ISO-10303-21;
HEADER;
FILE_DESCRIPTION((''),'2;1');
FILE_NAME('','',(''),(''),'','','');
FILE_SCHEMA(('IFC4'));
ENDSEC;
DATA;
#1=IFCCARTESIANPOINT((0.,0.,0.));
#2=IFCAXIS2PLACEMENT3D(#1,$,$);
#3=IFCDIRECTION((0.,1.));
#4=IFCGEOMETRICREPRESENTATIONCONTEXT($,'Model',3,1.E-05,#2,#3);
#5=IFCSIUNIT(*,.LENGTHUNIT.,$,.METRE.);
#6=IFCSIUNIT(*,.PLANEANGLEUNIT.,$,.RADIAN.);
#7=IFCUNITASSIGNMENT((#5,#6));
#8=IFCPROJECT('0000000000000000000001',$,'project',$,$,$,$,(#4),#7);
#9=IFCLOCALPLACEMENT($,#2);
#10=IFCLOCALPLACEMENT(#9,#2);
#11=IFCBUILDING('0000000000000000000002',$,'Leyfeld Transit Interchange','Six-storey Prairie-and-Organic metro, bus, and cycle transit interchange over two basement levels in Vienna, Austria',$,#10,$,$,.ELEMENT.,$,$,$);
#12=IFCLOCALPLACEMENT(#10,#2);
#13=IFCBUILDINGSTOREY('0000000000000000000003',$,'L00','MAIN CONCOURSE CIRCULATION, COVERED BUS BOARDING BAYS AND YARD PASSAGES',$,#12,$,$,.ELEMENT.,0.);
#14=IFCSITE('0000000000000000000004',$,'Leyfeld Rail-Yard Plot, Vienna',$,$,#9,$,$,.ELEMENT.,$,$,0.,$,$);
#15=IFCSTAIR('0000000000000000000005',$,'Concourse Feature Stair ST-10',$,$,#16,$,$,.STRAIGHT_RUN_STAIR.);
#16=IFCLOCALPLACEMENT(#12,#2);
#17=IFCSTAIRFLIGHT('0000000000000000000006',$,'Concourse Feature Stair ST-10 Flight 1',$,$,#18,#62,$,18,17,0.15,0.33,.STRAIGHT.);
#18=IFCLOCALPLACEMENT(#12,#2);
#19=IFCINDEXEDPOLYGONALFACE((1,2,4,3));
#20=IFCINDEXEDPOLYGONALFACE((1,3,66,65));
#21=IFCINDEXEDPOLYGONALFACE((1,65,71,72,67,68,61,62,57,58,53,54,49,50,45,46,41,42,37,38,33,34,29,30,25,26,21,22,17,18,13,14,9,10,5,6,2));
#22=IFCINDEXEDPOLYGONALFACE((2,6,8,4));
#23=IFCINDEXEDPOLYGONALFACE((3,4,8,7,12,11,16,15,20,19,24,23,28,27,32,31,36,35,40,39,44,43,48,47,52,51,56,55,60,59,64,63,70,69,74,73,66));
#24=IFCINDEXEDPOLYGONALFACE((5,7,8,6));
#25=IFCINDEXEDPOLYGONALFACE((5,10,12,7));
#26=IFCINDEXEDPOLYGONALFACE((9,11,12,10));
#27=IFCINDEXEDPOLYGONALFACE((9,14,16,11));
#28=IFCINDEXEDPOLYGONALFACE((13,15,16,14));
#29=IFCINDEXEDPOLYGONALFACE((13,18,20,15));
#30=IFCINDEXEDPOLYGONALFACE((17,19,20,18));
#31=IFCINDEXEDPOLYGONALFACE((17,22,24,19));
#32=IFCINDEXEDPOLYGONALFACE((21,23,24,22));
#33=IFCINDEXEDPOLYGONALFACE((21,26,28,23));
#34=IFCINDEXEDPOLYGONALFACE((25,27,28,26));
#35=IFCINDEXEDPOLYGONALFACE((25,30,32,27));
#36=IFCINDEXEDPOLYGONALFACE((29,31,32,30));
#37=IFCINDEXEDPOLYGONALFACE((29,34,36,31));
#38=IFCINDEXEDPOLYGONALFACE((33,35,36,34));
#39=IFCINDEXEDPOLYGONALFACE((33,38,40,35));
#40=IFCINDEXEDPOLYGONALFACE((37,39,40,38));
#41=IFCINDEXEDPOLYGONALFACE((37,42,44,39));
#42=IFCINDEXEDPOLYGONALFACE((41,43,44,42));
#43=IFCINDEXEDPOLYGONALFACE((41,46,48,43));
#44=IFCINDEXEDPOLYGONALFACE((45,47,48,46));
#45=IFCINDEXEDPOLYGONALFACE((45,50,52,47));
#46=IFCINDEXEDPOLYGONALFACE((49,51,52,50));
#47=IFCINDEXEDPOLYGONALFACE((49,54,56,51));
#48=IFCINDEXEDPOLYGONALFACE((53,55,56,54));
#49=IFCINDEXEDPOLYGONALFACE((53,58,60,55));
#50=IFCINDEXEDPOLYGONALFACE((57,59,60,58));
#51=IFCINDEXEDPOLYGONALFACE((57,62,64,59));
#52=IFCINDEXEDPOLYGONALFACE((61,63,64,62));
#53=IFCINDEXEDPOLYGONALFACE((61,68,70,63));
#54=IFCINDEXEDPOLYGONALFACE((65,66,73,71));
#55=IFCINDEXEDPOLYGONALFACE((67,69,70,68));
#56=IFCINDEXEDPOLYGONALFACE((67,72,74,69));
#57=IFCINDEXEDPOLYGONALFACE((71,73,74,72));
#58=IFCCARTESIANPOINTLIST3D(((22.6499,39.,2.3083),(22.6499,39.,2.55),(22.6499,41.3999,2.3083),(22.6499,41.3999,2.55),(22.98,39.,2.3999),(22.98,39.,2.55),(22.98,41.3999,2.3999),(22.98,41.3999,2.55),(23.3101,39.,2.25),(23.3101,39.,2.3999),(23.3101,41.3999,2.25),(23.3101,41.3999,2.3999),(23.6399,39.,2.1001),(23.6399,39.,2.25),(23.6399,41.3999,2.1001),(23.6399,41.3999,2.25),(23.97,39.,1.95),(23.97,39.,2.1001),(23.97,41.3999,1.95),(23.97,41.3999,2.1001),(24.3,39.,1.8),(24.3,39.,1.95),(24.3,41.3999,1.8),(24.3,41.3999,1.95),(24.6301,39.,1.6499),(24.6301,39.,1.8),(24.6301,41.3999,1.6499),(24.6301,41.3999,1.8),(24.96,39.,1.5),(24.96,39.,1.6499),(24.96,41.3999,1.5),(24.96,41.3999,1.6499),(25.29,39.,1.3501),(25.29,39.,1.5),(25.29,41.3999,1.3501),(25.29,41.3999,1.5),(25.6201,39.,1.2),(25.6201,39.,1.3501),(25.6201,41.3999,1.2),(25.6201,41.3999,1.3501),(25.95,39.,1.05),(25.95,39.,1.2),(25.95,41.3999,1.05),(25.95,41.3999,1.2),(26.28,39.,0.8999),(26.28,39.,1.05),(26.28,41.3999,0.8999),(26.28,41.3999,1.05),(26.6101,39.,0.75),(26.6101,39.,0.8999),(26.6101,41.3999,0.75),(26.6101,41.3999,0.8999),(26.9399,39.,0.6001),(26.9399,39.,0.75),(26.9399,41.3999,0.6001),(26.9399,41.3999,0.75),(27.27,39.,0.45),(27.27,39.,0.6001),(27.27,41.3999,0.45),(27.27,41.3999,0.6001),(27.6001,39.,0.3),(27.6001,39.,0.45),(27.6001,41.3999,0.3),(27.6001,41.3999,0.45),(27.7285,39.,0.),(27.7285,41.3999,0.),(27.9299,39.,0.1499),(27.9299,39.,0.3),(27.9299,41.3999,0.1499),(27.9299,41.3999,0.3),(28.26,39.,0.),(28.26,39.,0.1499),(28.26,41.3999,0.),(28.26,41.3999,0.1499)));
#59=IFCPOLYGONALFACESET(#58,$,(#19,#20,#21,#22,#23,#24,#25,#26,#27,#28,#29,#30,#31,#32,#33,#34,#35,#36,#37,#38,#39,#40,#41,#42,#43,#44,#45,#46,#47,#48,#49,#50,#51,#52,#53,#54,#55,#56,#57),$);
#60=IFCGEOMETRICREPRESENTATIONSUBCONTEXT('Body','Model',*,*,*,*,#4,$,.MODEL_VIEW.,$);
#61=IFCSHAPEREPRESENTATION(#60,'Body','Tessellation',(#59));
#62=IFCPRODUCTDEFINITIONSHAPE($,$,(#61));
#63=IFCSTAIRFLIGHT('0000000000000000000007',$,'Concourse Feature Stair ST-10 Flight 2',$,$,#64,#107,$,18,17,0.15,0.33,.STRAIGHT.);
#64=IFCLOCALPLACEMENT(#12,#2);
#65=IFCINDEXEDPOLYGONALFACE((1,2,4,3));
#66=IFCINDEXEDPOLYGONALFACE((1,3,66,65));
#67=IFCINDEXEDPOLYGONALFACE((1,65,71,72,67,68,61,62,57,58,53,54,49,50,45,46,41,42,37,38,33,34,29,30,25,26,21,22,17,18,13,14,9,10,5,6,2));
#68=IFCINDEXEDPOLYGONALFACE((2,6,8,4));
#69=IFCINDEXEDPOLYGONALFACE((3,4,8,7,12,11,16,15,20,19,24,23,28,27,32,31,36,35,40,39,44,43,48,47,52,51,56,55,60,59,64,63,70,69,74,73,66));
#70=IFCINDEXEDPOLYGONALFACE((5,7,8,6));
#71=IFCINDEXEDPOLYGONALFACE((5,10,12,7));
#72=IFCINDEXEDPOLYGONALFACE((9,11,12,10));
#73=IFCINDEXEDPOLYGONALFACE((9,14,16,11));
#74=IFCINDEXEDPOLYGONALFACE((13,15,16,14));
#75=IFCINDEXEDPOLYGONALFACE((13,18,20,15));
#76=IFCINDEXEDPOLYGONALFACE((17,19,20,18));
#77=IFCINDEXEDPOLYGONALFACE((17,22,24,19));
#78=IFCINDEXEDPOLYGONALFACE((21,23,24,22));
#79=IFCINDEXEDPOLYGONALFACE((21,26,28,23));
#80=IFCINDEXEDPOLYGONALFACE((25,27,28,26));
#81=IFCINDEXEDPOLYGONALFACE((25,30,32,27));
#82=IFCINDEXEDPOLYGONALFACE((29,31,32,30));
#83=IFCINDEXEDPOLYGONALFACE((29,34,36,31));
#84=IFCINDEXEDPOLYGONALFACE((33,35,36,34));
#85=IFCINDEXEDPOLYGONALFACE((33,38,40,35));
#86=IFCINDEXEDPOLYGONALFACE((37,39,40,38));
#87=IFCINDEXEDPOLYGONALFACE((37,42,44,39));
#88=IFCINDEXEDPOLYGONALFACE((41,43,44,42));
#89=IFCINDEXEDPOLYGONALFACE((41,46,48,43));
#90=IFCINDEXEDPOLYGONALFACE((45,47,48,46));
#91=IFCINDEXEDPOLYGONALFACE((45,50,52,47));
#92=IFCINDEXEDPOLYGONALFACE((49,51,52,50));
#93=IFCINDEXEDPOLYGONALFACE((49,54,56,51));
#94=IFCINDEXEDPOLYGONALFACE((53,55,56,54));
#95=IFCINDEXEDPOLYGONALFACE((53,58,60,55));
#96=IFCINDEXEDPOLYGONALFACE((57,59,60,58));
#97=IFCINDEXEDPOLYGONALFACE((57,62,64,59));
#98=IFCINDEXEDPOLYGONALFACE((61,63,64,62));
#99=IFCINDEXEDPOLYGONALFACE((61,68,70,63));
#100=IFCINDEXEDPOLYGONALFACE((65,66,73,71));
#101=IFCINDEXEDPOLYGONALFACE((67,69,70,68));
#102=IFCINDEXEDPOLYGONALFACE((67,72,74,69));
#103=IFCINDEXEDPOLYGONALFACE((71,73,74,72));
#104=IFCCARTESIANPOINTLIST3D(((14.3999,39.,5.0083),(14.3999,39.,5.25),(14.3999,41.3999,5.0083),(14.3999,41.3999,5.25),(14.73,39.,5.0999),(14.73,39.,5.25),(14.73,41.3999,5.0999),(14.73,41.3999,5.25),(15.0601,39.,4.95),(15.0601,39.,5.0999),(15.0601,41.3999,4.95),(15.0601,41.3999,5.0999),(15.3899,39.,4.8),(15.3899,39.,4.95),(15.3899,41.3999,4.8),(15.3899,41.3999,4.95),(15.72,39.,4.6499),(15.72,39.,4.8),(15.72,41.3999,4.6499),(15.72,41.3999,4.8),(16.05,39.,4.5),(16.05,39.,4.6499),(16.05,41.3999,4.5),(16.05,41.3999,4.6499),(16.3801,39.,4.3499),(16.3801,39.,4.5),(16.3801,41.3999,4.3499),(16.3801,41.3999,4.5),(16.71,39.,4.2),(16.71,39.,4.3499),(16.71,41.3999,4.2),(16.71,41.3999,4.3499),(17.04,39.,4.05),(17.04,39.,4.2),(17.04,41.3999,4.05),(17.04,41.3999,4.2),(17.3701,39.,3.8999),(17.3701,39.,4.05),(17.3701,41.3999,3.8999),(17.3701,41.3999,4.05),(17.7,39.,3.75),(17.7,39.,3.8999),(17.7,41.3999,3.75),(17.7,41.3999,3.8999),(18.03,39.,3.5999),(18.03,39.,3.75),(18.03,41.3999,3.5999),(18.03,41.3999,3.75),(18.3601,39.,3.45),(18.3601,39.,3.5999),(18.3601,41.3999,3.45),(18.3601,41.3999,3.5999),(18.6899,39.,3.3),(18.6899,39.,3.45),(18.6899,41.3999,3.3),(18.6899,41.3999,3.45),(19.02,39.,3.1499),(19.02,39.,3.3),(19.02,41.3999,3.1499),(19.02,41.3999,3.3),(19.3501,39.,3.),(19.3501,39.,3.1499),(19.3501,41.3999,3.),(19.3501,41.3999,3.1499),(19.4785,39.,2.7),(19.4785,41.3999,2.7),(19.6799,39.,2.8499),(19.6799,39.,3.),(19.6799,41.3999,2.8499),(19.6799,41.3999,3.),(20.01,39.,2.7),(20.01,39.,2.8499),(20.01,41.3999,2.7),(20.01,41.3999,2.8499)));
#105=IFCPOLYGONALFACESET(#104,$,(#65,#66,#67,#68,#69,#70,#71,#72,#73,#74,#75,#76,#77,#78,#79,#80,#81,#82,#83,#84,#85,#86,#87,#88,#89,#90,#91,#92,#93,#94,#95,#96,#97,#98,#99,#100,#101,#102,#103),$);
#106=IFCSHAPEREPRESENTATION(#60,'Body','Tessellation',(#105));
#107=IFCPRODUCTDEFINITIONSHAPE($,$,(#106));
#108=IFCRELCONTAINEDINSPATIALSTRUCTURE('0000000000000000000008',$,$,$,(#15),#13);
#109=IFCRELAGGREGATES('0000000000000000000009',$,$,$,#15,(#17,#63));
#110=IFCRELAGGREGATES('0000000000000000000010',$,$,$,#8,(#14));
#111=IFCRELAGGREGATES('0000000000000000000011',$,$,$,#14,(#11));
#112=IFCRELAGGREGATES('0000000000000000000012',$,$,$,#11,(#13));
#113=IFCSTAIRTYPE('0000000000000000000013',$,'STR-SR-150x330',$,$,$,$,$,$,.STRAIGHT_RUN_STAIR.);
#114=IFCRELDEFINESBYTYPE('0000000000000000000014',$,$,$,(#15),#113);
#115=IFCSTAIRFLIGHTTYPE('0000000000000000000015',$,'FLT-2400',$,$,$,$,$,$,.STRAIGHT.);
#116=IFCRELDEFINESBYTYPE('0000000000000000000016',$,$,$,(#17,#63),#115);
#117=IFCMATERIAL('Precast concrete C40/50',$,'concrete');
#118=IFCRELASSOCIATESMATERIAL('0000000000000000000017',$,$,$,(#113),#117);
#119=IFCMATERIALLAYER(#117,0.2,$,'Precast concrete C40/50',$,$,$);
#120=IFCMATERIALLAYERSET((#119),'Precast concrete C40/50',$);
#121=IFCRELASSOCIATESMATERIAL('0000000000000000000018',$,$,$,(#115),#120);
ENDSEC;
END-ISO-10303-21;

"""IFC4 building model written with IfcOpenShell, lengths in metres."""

from ifc_helpers import new_model, si_unit, direction, frame, origin, place, context, subcontext, project, spatial, polyline, outline, extrude, material, layer, layer_set, type_object, element, aggregate, save


model = new_model("IFC4")

# Units and contexts
model_context = context("Model", 3, precision=1e-05, world=origin(), true_north=direction((0.0, 1.0)))
body_context = subcontext(model_context, "Body", "Model", "MODEL_VIEW")
ifc_project = project(units=[si_unit("LENGTHUNIT", "METRE"), si_unit("PLANEANGLEUNIT", "RADIAN")], contexts=[model_context])

# Site, building, storey
site_placement = place(None, origin())
site = spatial("IfcSite", under=ifc_project, at=site_placement, Name="Leyfeld Rail-Yard Plot, Vienna", CompositionType="ELEMENT", RefElevation=0.0)
building_placement = place(site_placement, origin())
building = spatial("IfcBuilding", under=site, at=building_placement, Name="Leyfeld Transit Interchange", Description="Six-storey Prairie-and-Organic metro, bus, and cycle transit interchange over two basement levels in Vienna, Austria", CompositionType="ELEMENT")
storey_placement = place(building_placement, origin())
storey = spatial("IfcBuildingStorey", under=building, at=storey_placement, Name="L00", Description="MAIN CONCOURSE CIRCULATION, COVERED BUS BOARDING BAYS AND YARD PASSAGES", CompositionType="ELEMENT", Elevation=0.0)

# Stair, stair flights
ifc_material_1 = material(Name="Precast concrete C40/50", Category="concrete")
stair_type = type_object("IfcStairType", Name="STR-SR-150x330", PredefinedType="STRAIGHT_RUN_STAIR", material=ifc_material_1)
stair_placement = place(storey_placement, origin())
stair = element("IfcStair", 1, at=stair_placement, inside=storey, type_object=stair_type, Name="Concourse Feature Stair ST-10", PredefinedType="STRAIGHT_RUN_STAIR")
ifc_layer_1 = layer(ifc_material_1, 0.2, Name="Precast concrete C40/50")
ifc_layer_set_1 = layer_set([ifc_layer_1], Name="Precast concrete C40/50")
stair_flight_type = type_object("IfcStairFlightType", Name="FLT-2400", PredefinedType="STRAIGHT", material=ifc_layer_set_1)
stair_flight_1_placement = place(storey_placement, frame((28.26, 40.2, 0.0), z_axis=(0.0, 0.0, 1.0), x_axis=(-1.0, 0.0, 0.0)))
stair_flight_1 = element("IfcStairFlight", 2, at=stair_flight_1_placement, type_object=stair_flight_type, Name="Concourse Feature Stair ST-10 Flight 1", NumberOfRisers=18, NumberOfTreads=17, PredefinedType="STRAIGHT", RiserHeight=0.15, TreadLength=0.33, context=body_context, shape_type="SweptSolid", body=[
    extrude(outline(polyline([(0.0, 0.0), (0.0, 0.1499), (0.3301, 0.1499), (0.3301, 0.3), (0.6599, 0.3), (0.6599, 0.45), (0.99, 0.45), (0.99, 0.6001), (1.3201, 0.6001), (1.3201, 0.75), (1.6499, 0.75), (1.6499, 0.8999), (1.98, 0.8999), (1.98, 1.05), (2.3101, 1.05), (2.3101, 1.2), (2.6399, 1.2), (2.6399, 1.3501), (2.97, 1.3501), (2.97, 1.5), (3.3, 1.5), (3.3, 1.6499), (3.6299, 1.6499), (3.6299, 1.8), (3.96, 1.8), (3.96, 1.95), (4.29, 1.95), (4.29, 2.1001), (4.6201, 2.1001), (4.6201, 2.25), (4.95, 2.25), (4.95, 2.3999), (5.28, 2.3999), (5.28, 2.55), (5.6101, 2.55), (5.6101, 2.7), (5.6101, 2.3083), (0.5315, 0.0), (0.0, 0.0)])), frame((0.0, 1.2, 0.0), z_axis=(0.0, -1.0, 0.0), x_axis=(1.0, 0.0, 0.0)), (0.0, 0.0, 1.0), 2.3999),
])
stair_flight_2_placement = place(storey_placement, frame((20.01, 40.2, 2.7), z_axis=(0.0, 0.0, 1.0), x_axis=(-1.0, 0.0, 0.0)))
stair_flight_2 = element("IfcStairFlight", 3, at=stair_flight_2_placement, type_object=stair_flight_type, Name="Concourse Feature Stair ST-10 Flight 2", NumberOfRisers=18, NumberOfTreads=17, PredefinedType="STRAIGHT", RiserHeight=0.15, TreadLength=0.33, context=body_context, shape_type="SweptSolid", body=[
    extrude(outline(polyline([(0.0, 0.0), (0.0, 0.1499), (0.3301, 0.1499), (0.3301, 0.3), (0.6599, 0.3), (0.6599, 0.45), (0.99, 0.45), (0.99, 0.6001), (1.3201, 0.6001), (1.3201, 0.75), (1.6499, 0.75), (1.6499, 0.8999), (1.98, 0.8999), (1.98, 1.05), (2.3101, 1.05), (2.3101, 1.2), (2.6399, 1.2), (2.6399, 1.3501), (2.97, 1.3501), (2.97, 1.5), (3.3, 1.5), (3.3, 1.6499), (3.6299, 1.6499), (3.6299, 1.8), (3.96, 1.8), (3.96, 1.95), (4.29, 1.95), (4.29, 2.1001), (4.6201, 2.1001), (4.6201, 2.25), (4.95, 2.25), (4.95, 2.3999), (5.28, 2.3999), (5.28, 2.55), (5.6101, 2.55), (5.6101, 2.7), (5.6101, 2.3083), (0.5315, 0.0), (0.0, 0.0)])), frame((0.0, 1.2, 0.0), z_axis=(0.0, -1.0, 0.0), x_axis=(1.0, 0.0, 0.0)), (0.0, 0.0, 1.0), 2.3999),
])
aggregate(stair, [stair_flight_1, stair_flight_2])

save(model, "model.ifc")
